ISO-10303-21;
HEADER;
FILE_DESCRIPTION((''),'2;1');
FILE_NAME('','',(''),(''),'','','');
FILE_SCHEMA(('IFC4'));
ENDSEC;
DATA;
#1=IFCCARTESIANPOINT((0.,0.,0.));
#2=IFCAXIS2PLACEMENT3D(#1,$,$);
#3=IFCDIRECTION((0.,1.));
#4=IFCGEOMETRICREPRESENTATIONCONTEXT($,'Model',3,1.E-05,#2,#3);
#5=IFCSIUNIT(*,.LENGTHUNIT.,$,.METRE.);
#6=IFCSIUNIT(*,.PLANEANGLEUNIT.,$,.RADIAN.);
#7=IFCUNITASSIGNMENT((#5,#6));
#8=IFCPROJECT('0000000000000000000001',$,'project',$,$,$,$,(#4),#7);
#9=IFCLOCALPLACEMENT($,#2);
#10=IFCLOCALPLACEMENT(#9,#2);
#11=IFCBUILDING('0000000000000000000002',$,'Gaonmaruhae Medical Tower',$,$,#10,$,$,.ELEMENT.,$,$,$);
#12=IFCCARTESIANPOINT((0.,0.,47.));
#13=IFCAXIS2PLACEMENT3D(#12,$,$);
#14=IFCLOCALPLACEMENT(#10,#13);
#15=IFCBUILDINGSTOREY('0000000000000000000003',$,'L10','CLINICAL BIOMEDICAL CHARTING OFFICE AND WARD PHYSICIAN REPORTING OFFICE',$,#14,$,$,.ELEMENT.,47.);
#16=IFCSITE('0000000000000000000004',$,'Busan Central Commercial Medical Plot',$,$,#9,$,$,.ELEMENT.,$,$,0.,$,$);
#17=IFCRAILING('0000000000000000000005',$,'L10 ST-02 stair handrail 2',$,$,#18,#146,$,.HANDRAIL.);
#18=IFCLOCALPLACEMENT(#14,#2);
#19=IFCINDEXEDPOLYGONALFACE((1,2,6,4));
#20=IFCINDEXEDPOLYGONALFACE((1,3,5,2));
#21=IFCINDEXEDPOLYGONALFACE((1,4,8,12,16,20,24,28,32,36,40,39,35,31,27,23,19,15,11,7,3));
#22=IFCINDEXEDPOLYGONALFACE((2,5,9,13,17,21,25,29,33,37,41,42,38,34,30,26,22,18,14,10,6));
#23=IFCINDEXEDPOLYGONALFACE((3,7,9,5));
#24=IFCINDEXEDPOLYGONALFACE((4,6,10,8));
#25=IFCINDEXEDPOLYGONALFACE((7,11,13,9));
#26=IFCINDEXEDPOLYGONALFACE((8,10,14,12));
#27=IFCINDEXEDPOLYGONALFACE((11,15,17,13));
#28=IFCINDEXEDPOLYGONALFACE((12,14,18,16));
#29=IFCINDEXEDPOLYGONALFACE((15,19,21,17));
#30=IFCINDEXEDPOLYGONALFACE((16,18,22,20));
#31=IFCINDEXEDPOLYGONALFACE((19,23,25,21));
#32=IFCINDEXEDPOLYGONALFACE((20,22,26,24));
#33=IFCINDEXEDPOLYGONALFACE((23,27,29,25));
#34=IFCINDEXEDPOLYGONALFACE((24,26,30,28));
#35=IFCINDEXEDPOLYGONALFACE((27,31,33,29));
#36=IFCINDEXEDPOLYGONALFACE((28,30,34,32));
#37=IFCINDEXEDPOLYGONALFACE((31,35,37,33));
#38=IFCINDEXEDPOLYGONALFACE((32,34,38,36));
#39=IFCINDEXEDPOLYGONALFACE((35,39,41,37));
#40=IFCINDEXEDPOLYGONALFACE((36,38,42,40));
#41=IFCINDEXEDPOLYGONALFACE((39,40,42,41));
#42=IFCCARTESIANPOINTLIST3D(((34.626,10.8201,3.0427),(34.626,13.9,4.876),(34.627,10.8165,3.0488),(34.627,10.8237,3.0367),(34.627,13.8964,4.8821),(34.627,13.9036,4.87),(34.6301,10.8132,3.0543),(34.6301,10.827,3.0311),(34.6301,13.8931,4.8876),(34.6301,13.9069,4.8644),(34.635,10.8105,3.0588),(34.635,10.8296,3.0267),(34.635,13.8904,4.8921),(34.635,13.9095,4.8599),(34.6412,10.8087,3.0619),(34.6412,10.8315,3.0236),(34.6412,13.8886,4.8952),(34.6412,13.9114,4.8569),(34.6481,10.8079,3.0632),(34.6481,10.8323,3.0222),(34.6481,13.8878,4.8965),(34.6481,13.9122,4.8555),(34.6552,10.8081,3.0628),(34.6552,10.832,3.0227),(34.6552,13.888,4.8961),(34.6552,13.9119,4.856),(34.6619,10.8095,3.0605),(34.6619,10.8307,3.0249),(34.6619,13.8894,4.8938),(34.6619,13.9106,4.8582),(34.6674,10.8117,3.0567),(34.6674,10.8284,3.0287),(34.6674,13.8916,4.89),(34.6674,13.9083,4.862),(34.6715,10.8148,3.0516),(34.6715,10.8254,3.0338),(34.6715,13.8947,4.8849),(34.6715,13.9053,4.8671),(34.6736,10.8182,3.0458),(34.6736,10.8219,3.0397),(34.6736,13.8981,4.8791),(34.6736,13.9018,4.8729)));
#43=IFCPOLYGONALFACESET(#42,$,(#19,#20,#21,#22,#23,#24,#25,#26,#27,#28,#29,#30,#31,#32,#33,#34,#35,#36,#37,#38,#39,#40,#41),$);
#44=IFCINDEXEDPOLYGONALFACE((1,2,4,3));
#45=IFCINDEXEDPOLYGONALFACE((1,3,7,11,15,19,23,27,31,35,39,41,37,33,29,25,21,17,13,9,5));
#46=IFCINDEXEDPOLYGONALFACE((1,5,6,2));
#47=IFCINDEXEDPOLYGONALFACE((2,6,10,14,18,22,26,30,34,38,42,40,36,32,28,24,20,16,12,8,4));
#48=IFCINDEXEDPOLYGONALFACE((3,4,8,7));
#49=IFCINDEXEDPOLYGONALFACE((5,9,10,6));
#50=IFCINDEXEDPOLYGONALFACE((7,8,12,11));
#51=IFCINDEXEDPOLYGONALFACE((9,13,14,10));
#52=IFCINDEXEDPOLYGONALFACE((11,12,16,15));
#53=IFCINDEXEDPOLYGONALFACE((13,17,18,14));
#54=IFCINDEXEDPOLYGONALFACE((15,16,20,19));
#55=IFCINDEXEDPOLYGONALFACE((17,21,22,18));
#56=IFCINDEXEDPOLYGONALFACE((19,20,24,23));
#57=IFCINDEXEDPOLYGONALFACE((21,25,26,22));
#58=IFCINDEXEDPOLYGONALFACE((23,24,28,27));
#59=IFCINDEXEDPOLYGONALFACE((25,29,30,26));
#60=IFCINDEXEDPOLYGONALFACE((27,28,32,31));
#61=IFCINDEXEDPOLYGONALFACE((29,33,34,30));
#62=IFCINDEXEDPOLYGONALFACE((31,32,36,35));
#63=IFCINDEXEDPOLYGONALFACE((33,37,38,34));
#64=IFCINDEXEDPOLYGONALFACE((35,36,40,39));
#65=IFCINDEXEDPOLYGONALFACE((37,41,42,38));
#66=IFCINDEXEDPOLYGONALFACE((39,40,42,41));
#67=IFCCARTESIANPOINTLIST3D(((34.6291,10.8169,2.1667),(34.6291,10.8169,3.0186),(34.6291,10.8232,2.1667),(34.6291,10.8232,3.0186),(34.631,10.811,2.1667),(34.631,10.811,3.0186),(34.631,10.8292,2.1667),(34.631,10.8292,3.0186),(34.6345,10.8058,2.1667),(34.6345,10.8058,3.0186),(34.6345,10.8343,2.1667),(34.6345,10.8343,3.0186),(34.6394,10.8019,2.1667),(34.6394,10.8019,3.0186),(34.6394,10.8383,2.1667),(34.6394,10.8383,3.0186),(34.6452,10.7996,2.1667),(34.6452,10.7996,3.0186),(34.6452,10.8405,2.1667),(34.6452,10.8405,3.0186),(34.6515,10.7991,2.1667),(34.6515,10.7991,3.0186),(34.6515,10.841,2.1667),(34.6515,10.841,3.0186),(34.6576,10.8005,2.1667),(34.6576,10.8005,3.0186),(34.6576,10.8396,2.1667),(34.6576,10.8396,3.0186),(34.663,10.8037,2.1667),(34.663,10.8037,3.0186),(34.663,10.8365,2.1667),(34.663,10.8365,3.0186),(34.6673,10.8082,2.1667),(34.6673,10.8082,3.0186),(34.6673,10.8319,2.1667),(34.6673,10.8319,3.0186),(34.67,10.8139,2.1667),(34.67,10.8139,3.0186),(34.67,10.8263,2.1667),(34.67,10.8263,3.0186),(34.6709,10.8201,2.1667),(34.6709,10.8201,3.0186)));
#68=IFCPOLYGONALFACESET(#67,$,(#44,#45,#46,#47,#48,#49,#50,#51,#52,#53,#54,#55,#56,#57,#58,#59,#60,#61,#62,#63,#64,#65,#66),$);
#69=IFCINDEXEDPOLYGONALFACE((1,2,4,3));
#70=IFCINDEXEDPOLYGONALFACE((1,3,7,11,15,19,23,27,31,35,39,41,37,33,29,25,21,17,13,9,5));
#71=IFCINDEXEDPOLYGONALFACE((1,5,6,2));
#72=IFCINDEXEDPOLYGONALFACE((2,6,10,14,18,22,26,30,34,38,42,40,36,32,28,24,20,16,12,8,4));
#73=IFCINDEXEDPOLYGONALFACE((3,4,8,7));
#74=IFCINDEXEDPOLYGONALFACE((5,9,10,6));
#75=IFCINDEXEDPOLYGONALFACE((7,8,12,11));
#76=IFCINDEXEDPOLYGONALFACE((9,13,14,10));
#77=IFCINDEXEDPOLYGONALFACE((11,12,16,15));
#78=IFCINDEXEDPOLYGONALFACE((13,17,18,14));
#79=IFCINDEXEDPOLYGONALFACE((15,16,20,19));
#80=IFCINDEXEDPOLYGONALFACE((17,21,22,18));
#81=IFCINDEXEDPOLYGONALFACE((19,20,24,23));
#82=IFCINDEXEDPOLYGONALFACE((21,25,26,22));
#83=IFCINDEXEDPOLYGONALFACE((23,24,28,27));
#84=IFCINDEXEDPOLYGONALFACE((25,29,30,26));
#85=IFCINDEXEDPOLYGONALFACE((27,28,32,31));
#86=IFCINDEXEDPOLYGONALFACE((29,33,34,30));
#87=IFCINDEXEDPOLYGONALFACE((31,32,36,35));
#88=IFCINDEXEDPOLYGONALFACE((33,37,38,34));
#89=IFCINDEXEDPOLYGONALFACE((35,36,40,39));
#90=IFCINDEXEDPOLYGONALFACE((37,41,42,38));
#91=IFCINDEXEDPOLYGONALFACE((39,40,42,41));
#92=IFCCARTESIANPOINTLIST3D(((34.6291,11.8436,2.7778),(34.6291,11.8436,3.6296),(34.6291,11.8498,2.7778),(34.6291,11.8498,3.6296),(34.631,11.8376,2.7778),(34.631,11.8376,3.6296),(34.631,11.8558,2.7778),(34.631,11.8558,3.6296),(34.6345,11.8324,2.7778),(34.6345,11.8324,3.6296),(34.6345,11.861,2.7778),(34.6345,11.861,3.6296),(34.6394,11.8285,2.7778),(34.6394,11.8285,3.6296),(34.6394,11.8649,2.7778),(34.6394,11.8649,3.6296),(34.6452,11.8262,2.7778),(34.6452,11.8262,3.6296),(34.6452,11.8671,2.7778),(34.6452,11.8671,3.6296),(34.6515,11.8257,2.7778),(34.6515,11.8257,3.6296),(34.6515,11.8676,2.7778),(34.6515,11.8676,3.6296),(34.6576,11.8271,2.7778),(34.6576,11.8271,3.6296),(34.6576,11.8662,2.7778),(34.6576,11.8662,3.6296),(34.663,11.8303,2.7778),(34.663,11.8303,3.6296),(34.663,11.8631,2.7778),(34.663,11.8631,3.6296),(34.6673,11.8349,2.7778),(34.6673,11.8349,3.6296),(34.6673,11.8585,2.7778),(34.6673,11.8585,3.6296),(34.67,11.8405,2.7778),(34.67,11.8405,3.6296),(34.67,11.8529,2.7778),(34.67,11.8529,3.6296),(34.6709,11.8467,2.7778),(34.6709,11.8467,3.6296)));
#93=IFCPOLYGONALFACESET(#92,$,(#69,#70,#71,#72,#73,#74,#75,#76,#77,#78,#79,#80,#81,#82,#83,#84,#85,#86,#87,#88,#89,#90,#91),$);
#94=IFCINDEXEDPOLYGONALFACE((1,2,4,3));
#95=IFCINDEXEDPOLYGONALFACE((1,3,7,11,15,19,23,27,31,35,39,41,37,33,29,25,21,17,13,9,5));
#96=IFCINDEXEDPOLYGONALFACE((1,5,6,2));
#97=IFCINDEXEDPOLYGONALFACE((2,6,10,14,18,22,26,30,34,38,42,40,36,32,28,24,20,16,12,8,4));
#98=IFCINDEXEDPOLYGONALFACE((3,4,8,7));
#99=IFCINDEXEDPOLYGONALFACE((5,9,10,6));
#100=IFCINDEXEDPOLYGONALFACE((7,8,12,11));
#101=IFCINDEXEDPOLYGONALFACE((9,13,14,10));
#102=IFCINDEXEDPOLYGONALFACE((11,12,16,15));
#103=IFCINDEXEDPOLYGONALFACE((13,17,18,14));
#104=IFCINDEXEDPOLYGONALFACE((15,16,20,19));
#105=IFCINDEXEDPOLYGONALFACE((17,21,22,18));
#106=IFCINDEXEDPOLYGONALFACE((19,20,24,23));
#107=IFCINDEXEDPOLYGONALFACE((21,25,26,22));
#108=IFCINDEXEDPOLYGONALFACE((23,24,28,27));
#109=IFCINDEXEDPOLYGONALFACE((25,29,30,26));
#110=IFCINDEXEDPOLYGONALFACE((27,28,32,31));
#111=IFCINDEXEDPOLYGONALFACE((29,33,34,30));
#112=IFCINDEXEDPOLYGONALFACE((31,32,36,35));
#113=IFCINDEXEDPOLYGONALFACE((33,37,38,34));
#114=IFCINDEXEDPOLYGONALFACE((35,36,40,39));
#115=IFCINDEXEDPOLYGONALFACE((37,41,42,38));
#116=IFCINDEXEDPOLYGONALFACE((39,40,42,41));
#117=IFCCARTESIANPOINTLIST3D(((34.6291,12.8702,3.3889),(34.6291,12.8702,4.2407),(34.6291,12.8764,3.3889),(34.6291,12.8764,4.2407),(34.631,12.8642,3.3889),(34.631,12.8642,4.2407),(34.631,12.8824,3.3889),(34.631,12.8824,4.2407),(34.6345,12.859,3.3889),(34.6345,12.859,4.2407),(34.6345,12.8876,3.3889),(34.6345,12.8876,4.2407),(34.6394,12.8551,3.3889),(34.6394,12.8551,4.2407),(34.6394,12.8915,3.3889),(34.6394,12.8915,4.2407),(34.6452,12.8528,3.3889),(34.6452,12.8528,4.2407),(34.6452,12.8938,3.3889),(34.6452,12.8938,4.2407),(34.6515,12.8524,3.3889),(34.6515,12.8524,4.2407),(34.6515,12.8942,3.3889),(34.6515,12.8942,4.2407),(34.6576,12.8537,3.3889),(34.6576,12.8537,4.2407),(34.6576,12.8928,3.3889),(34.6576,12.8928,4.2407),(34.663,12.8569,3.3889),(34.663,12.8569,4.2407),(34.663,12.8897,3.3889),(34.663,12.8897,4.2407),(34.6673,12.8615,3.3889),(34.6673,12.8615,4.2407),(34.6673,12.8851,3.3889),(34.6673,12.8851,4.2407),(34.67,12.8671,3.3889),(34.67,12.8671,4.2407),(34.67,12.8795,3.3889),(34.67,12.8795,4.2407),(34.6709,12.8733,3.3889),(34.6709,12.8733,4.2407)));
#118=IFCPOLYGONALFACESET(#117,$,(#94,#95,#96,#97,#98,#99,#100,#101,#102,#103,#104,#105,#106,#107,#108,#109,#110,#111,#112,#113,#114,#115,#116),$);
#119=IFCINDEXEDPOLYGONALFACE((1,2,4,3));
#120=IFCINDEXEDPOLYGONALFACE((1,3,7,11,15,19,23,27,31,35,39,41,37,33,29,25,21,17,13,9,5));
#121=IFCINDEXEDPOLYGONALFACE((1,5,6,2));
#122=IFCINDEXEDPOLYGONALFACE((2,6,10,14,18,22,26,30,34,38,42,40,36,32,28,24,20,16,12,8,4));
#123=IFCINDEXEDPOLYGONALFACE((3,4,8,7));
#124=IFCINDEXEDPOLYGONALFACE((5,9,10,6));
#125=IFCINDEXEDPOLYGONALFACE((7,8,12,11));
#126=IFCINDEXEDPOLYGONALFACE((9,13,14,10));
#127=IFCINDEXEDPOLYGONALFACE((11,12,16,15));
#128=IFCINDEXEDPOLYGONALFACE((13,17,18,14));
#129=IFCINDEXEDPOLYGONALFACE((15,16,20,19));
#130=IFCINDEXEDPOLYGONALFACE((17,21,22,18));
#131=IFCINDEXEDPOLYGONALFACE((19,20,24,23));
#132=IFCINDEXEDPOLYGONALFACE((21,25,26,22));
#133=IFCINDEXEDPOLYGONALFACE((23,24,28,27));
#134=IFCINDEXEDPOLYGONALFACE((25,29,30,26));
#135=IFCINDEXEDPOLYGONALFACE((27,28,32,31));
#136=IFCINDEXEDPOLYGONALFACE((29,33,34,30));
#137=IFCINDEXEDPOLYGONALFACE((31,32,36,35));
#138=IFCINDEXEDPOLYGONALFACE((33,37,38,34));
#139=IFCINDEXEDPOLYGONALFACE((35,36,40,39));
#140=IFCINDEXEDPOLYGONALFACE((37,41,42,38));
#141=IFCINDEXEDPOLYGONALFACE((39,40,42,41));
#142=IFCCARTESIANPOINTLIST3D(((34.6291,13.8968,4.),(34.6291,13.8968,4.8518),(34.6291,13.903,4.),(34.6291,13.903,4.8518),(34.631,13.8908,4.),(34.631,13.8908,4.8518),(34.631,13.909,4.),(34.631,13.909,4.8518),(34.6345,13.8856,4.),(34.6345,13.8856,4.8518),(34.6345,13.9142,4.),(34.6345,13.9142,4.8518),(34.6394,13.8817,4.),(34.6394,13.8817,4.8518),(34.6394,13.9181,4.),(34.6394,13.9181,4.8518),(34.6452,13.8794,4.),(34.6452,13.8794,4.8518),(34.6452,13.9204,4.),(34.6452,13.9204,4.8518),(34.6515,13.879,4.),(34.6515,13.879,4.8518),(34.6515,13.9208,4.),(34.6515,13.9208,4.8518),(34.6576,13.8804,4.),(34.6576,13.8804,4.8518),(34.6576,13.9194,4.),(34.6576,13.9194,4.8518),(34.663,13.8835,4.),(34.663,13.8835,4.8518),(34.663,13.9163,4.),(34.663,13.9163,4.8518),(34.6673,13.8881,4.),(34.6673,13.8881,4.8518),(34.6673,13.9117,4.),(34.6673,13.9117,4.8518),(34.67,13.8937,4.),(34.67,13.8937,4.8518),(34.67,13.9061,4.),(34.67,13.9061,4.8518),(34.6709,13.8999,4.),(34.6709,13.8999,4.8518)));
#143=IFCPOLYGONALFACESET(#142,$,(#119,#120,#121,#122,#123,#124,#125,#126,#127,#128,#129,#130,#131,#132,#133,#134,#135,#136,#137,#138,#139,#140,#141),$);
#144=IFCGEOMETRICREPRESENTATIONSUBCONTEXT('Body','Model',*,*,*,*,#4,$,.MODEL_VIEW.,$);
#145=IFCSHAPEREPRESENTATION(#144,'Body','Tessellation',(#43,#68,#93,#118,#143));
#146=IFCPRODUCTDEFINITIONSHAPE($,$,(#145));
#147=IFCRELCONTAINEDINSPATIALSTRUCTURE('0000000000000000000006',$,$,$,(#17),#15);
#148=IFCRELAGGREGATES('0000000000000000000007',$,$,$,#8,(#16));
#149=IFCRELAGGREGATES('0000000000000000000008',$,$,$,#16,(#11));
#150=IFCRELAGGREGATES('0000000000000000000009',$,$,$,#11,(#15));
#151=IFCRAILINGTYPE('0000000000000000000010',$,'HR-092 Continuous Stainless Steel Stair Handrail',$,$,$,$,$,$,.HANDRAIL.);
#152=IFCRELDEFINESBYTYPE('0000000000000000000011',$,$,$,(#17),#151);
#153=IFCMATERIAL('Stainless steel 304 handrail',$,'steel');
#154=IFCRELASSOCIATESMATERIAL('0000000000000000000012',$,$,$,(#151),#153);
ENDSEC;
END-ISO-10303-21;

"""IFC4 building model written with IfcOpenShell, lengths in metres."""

from ifc_helpers import new_model, si_unit, direction, frame, origin, origin_2d, place, context, subcontext, project, spatial, circle, extrude, material, type_object, element, save


model = new_model("IFC4")

# Units and contexts
model_context = context("Model", 3, precision=1e-05, world=origin(), true_north=direction((0.0, 1.0)))
body_context = subcontext(model_context, "Body", "Model", "MODEL_VIEW")
ifc_project = project(units=[si_unit("LENGTHUNIT", "METRE"), si_unit("PLANEANGLEUNIT", "RADIAN")], contexts=[model_context])

# Site, building, storey
site_placement = place(None, origin())
site = spatial("IfcSite", under=ifc_project, at=site_placement, Name="Busan Central Commercial Medical Plot", CompositionType="ELEMENT", RefElevation=0.0)
building_placement = place(site_placement, origin())
building = spatial("IfcBuilding", under=site, at=building_placement, Name="Gaonmaruhae Medical Tower", CompositionType="ELEMENT")
storey_placement = place(building_placement, frame((0.0, 0.0, 47.0)))
storey = spatial("IfcBuildingStorey", under=building, at=storey_placement, Name="L10", Description="CLINICAL BIOMEDICAL CHARTING OFFICE AND WARD PHYSICIAN REPORTING OFFICE", CompositionType="ELEMENT", Elevation=47.0)

# Railing
ifc_material_1 = material(Name="Stainless steel 304 handrail", Category="steel")
railing_type_1 = type_object("IfcRailingType", Name="HR-092 Continuous Stainless Steel Stair Handrail", PredefinedType="HANDRAIL", material=ifc_material_1)
railing_1_placement = place(storey_placement, frame((34.6499, 10.8201, 2.1667)))
element("IfcRailing", 1, at=railing_1_placement, inside=storey, type_object=railing_type_1, Name="L10 ST-02 stair handrail 2", PredefinedType="HANDRAIL", context=body_context, shape_type="SweptSolid", body=[
    extrude(circle(Radius=0.0239, at=origin_2d()), frame((0.0, 0.0, 0.876), z_axis=(0.0, 0.859291, 0.511487), x_axis=(-1.0, 0.0, 0.0)), (0.0, 0.0, 1.0), 3.5842),
    extrude(circle(Radius=0.021, at=origin_2d()), origin(), (0.0, 0.0, 1.0), 0.8518),
    extrude(circle(Radius=0.021, at=origin_2d()), frame((0.0, 1.0266, 0.6111)), (0.0, 0.0, 1.0), 0.8518),
    extrude(circle(Radius=0.021, at=origin_2d()), frame((0.0, 2.0532, 1.2222)), (0.0, 0.0, 1.0), 0.8518),
    extrude(circle(Radius=0.021, at=origin_2d()), frame((0.0, 3.0798, 1.8333)), (0.0, 0.0, 1.0), 0.8518),
])

save(model, "model.ifc")
